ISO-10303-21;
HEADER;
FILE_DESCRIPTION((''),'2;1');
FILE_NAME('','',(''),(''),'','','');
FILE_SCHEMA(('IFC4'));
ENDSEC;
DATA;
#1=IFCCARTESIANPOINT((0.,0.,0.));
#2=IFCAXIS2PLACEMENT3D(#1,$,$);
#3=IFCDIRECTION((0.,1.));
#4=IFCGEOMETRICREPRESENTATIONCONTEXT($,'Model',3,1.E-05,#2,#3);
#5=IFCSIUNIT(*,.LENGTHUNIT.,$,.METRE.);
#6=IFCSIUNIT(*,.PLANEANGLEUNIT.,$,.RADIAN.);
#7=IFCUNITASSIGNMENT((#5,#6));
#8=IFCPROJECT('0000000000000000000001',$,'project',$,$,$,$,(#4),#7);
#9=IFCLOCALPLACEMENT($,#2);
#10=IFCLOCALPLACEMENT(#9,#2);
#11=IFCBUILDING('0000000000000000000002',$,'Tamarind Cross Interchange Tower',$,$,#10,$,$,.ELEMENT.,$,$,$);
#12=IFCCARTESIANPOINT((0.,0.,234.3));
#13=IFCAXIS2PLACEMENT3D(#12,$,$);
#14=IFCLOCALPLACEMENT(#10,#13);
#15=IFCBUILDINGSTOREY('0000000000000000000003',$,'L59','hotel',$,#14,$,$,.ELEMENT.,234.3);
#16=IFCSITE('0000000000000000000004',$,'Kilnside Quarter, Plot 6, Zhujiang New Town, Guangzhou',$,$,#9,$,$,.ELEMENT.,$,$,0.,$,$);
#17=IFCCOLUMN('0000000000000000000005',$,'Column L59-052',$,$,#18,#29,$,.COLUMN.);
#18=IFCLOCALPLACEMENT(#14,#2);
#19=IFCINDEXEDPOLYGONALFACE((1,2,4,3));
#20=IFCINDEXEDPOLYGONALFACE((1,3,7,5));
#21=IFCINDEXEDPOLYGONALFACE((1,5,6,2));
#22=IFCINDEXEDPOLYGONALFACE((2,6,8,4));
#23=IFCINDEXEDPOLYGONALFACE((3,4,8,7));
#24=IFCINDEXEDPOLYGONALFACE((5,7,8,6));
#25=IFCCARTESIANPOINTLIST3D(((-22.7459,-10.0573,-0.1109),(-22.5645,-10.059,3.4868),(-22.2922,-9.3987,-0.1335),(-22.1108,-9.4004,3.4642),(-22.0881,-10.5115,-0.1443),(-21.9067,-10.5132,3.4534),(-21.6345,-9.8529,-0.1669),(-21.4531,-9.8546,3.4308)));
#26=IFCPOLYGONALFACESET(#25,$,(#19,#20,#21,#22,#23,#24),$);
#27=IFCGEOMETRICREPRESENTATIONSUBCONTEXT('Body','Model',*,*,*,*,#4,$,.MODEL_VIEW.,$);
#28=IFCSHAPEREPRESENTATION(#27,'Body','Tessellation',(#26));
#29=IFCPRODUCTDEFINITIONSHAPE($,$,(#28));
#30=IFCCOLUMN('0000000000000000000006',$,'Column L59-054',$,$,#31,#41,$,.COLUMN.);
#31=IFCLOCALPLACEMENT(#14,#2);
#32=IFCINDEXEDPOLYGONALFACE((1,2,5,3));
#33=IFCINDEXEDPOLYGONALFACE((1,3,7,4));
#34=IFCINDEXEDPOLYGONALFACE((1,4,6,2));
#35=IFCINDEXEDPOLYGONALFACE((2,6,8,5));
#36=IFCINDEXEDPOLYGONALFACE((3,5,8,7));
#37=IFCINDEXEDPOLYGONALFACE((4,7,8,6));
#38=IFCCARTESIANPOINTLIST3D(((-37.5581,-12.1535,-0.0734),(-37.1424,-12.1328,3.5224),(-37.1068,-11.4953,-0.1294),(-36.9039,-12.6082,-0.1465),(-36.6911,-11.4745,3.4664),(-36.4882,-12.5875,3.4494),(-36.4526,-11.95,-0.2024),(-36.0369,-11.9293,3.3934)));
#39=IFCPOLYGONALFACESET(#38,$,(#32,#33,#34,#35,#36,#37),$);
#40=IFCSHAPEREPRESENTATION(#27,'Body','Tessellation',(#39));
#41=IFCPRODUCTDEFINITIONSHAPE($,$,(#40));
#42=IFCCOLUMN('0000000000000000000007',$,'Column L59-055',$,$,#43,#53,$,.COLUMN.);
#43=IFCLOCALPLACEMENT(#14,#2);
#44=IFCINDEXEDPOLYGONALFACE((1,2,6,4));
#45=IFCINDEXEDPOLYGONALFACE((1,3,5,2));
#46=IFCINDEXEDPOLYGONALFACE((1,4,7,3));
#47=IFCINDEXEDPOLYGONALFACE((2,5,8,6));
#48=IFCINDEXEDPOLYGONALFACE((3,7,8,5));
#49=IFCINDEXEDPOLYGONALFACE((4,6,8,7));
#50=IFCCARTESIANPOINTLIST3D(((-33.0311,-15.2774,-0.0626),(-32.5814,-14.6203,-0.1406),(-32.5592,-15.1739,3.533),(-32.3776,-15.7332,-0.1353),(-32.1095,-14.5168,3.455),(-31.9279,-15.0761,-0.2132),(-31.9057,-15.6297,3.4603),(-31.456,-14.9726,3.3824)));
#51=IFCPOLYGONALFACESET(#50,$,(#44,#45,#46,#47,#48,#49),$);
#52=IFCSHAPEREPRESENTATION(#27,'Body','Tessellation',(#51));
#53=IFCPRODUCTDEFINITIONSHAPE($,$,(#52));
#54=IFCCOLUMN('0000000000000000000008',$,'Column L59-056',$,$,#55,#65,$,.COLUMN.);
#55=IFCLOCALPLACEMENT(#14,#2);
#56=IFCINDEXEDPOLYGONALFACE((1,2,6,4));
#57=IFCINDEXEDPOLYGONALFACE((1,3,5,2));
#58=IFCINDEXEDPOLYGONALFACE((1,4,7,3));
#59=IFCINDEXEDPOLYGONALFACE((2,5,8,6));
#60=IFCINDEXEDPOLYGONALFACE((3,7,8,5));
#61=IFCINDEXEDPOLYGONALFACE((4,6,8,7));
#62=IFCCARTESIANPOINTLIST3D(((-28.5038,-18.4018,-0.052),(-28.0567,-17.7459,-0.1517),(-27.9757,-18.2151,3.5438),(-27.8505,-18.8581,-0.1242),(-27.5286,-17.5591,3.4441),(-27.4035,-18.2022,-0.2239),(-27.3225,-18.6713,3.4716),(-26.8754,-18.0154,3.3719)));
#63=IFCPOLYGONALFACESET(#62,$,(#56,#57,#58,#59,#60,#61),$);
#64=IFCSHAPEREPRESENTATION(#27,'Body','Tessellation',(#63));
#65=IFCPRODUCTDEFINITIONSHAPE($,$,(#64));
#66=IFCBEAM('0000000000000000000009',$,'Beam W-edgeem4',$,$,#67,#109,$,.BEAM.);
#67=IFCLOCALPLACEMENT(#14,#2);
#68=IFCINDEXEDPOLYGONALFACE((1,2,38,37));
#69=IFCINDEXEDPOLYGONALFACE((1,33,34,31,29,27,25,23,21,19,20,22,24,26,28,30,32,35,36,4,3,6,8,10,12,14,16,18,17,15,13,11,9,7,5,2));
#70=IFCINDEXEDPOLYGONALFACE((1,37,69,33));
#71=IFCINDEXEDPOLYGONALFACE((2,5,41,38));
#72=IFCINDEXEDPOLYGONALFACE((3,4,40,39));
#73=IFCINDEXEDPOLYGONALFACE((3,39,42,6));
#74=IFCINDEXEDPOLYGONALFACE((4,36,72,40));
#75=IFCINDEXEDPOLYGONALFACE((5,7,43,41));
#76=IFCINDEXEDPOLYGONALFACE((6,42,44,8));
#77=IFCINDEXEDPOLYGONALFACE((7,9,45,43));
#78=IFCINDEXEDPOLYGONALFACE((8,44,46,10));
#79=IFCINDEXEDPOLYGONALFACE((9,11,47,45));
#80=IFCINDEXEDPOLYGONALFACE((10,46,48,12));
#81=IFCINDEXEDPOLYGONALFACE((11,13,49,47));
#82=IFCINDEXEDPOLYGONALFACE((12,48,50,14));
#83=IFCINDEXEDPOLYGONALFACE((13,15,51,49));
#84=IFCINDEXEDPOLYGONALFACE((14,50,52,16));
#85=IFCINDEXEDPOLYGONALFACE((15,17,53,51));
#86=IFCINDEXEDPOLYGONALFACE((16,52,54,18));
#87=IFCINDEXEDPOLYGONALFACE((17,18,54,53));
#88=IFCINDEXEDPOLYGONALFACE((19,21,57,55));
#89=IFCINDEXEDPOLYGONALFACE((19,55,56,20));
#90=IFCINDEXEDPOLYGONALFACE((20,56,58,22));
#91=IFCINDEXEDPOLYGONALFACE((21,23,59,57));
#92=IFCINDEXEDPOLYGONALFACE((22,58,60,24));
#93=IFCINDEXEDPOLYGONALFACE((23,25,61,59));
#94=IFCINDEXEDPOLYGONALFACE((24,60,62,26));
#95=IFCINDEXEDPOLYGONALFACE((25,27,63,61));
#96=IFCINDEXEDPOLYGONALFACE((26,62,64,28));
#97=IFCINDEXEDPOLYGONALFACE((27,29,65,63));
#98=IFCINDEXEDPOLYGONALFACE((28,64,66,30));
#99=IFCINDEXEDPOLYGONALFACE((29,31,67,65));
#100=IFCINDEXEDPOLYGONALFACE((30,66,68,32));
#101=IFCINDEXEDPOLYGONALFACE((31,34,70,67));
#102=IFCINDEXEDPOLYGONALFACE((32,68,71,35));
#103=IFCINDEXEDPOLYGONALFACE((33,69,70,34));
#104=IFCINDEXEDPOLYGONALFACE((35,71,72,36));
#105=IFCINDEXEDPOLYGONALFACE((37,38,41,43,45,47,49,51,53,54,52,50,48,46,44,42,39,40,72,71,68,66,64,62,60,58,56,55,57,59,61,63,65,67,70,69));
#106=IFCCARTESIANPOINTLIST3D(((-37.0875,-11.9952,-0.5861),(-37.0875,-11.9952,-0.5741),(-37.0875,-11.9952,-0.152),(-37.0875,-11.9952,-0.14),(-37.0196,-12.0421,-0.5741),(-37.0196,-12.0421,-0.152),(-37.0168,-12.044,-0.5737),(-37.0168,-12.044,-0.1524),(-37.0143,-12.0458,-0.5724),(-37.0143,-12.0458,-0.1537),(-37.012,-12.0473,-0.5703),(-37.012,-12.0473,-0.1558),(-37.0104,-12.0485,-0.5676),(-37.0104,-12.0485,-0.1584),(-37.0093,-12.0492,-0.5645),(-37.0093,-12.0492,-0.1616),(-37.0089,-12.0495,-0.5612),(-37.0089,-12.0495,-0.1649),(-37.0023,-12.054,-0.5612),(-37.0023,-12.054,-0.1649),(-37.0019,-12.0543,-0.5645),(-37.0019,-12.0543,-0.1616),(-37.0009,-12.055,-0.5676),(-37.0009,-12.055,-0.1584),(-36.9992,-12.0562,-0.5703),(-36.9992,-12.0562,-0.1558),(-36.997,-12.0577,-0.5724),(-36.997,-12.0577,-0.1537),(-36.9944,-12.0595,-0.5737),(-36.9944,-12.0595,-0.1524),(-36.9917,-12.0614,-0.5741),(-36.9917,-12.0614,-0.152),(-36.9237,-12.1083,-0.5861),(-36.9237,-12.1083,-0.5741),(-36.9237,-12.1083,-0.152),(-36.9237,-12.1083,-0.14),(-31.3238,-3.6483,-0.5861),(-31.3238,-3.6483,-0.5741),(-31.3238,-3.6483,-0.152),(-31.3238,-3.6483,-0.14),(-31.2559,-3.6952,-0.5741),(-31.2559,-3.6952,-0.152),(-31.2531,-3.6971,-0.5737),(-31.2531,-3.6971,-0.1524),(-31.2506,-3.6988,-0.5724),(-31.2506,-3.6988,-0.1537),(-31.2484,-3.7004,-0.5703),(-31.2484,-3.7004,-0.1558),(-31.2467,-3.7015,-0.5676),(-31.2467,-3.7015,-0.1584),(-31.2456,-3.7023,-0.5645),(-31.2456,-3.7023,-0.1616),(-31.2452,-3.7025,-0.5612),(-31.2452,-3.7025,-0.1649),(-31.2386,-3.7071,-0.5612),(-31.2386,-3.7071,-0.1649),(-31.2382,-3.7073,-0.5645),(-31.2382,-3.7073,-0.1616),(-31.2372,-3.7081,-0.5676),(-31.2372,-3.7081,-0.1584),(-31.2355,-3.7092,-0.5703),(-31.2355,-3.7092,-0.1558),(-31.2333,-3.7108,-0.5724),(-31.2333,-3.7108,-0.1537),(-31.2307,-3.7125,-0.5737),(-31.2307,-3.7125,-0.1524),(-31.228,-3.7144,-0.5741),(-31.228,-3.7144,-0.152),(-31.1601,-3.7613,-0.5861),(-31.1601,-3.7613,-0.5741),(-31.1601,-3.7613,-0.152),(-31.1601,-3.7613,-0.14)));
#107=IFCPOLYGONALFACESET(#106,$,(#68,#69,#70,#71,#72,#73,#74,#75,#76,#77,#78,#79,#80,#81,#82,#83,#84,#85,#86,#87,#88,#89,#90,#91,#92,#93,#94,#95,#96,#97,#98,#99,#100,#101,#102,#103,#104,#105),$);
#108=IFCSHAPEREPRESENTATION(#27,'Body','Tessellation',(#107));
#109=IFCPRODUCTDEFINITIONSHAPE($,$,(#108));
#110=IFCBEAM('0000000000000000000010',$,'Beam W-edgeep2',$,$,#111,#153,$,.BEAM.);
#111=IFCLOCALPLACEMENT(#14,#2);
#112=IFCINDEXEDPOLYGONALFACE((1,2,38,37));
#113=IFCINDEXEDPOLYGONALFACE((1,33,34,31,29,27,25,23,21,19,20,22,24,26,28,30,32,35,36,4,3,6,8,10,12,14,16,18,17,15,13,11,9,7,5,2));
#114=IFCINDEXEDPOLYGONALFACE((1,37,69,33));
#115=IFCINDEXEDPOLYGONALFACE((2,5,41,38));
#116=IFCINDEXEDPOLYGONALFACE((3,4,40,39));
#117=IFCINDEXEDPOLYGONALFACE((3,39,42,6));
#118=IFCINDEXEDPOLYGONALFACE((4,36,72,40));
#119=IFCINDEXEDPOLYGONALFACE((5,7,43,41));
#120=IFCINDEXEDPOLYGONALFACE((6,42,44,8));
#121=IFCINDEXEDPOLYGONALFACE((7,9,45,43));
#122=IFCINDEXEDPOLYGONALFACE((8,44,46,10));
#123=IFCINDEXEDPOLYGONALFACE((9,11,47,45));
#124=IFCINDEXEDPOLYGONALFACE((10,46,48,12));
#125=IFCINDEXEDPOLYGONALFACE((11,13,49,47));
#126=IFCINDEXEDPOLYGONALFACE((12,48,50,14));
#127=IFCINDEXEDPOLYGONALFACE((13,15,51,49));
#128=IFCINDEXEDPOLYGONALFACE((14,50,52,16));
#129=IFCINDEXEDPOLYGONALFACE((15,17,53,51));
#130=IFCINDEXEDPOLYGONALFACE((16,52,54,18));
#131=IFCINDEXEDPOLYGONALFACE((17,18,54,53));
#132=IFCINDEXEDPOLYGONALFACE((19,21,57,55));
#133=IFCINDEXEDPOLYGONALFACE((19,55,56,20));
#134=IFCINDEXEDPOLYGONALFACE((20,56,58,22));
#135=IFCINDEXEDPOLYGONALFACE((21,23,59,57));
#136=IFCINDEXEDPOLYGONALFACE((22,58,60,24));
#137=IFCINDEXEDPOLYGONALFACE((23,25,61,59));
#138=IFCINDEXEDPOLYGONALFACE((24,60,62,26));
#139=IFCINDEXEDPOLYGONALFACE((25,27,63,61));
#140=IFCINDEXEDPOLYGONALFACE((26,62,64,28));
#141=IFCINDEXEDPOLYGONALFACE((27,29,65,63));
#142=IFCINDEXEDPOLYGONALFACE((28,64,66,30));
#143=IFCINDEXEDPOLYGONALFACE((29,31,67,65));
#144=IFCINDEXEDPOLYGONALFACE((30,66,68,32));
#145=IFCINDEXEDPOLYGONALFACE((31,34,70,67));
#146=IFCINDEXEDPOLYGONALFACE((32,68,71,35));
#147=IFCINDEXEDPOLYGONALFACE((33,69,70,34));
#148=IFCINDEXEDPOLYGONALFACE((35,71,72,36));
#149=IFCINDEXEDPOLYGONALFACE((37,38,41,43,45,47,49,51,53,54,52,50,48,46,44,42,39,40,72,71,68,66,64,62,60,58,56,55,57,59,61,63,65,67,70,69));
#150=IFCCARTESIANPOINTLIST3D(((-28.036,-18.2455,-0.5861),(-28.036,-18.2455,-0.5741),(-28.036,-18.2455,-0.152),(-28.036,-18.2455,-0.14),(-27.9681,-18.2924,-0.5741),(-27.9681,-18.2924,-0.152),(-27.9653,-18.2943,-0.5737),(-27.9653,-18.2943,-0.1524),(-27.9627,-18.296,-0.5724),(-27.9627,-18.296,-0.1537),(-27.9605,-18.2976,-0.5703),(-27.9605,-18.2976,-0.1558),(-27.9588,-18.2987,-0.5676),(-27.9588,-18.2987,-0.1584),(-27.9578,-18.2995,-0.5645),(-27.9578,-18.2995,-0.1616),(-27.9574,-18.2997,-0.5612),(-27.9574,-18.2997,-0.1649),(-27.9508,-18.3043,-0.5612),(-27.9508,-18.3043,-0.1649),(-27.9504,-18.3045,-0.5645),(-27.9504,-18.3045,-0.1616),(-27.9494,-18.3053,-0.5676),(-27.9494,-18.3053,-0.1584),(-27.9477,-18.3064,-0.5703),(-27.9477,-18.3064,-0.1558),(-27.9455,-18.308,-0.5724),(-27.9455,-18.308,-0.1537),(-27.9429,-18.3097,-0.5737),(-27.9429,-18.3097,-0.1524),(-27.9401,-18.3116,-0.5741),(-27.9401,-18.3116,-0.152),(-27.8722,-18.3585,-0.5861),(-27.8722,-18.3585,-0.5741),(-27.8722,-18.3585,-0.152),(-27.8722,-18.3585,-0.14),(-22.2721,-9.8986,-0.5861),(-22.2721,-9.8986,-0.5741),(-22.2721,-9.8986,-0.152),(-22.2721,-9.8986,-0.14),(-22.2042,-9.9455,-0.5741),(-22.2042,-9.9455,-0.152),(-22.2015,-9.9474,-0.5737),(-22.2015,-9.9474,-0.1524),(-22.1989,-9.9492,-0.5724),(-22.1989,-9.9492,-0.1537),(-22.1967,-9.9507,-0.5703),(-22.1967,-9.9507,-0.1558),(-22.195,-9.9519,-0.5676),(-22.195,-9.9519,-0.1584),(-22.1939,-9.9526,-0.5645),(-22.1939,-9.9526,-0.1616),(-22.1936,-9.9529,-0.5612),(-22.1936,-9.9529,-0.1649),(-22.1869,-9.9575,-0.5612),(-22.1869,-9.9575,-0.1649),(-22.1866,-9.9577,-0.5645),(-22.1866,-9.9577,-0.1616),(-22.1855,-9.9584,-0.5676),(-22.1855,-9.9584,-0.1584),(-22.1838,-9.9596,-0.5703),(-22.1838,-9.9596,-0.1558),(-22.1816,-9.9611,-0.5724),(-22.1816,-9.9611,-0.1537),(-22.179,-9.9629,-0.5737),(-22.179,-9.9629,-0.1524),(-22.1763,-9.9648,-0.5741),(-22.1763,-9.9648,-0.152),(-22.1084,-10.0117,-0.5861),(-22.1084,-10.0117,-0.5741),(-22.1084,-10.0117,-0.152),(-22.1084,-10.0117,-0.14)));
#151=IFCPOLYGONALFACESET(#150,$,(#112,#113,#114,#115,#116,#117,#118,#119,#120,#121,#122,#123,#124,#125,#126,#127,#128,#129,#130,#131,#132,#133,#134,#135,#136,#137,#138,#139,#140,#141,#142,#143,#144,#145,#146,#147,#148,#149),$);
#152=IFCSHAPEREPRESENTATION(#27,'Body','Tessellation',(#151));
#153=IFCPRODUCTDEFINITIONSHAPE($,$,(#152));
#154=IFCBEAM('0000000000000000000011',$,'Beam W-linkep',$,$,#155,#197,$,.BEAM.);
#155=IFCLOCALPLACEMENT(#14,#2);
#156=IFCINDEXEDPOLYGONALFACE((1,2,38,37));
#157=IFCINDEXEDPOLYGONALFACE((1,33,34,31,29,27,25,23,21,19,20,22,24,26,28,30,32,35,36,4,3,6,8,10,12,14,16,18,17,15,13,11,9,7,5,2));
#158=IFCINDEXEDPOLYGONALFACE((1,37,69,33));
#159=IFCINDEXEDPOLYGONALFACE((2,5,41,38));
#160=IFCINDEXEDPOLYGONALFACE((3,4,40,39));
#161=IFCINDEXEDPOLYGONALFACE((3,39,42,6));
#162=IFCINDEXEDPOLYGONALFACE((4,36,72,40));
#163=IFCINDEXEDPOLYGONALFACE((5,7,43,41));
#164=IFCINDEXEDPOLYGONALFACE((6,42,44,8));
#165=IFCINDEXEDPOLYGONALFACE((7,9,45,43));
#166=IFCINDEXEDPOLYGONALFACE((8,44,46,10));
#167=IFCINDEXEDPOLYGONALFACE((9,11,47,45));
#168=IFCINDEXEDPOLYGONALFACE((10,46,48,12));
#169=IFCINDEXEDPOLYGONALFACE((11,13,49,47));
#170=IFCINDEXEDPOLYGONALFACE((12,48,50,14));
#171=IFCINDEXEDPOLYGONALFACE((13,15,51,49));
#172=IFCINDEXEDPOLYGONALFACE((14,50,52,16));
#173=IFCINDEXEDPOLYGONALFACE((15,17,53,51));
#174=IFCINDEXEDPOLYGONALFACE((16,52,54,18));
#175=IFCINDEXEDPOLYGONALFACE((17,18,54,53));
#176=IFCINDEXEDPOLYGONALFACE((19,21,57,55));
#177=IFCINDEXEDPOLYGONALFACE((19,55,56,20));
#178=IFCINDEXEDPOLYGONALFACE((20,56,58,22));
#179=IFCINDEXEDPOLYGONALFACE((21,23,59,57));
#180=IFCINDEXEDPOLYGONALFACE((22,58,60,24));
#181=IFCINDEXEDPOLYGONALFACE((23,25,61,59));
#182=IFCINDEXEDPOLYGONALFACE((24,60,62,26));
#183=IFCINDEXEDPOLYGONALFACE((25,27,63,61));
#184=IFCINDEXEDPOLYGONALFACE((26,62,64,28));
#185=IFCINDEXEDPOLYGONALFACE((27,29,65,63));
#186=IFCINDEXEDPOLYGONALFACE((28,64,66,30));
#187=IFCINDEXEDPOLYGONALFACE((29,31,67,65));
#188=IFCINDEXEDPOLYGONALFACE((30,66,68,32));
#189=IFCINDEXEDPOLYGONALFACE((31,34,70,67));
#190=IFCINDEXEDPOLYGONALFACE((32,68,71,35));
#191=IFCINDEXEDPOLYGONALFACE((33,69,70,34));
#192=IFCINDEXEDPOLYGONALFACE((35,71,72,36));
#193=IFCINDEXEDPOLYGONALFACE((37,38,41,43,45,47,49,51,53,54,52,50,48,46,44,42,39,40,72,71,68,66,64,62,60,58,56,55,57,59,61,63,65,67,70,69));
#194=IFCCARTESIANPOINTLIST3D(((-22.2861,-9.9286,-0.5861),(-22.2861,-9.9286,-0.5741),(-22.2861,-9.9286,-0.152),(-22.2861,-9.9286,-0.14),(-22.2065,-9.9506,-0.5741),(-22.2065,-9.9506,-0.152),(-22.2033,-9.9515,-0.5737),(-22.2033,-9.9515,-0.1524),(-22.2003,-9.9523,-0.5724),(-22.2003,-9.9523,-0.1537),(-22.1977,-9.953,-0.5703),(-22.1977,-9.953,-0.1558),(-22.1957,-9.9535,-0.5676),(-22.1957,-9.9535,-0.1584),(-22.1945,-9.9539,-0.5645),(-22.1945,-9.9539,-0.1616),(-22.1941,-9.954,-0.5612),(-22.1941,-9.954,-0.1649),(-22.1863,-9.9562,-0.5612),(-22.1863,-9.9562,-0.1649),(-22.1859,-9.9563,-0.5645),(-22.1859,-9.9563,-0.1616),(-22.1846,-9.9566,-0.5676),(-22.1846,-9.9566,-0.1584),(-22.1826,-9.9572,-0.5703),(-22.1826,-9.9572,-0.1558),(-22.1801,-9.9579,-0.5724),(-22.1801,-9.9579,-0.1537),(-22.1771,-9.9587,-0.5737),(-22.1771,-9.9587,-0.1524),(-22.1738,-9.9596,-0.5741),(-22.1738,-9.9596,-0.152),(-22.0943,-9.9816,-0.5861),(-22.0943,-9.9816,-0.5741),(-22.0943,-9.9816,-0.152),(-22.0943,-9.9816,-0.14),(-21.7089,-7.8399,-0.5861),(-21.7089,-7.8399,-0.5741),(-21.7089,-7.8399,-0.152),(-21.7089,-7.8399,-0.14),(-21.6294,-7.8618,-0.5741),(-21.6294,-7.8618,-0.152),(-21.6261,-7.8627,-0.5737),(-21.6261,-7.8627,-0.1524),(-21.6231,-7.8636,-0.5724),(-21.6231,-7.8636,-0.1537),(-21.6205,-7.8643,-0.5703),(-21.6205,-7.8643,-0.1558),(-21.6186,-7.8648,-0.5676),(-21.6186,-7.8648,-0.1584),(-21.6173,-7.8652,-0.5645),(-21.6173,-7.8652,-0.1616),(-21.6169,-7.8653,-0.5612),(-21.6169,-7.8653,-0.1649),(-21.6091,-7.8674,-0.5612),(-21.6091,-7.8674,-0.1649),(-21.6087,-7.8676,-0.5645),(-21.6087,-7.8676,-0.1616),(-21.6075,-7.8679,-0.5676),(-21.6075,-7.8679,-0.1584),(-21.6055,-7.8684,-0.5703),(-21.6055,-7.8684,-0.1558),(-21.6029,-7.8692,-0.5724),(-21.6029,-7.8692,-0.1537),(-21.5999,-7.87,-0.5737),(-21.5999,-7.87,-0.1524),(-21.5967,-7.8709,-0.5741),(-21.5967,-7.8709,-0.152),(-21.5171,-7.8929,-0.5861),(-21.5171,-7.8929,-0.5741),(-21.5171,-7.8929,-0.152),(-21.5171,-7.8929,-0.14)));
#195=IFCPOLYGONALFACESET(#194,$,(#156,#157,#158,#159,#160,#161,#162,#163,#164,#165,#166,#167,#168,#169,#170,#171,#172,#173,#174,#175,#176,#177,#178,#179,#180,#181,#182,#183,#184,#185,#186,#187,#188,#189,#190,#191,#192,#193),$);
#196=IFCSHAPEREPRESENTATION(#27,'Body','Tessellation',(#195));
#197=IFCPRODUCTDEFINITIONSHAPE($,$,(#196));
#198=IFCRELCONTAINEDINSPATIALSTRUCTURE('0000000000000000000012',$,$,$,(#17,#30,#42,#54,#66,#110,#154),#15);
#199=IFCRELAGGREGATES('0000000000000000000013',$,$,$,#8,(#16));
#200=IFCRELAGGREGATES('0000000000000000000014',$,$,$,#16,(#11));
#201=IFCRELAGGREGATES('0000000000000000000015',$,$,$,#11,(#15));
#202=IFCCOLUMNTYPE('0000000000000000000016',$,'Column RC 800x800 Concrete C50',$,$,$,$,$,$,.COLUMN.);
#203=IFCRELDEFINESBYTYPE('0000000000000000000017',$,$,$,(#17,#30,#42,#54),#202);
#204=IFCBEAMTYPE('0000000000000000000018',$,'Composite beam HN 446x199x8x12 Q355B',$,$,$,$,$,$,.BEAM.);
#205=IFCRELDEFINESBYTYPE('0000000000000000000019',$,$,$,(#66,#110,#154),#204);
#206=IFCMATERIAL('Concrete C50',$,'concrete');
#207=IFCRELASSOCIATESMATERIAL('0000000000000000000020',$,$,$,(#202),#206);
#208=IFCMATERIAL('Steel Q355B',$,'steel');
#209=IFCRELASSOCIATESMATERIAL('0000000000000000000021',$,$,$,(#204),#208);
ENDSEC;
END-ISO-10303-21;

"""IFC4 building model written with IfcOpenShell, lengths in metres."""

from ifc_helpers import new_model, si_unit, direction, frame, origin, origin_2d, place, context, subcontext, project, spatial, rectangle, i_section, extrude, material, material_profile, profile_set, type_object, element, save


model = new_model("IFC4")

# Units and contexts
model_context = context("Model", 3, precision=1e-05, world=origin(), true_north=direction((0.0, 1.0)))
body_context = subcontext(model_context, "Body", "Model", "MODEL_VIEW")
ifc_project = project(units=[si_unit("LENGTHUNIT", "METRE"), si_unit("PLANEANGLEUNIT", "RADIAN")], contexts=[model_context])

# Site, building, storey
site_placement = place(None, origin())
site = spatial("IfcSite", under=ifc_project, at=site_placement, Name="Kilnside Quarter, Plot 6, Zhujiang New Town, Guangzhou", CompositionType="ELEMENT", RefElevation=0.0)
building_placement = place(site_placement, origin())
building = spatial("IfcBuilding", under=site, at=building_placement, Name="Tamarind Cross Interchange Tower", CompositionType="ELEMENT")
storey_placement = place(building_placement, frame((0.0, 0.0, 234.3)))
storey = spatial("IfcBuildingStorey", under=building, at=storey_placement, Name="L59", Description="hotel", CompositionType="ELEMENT", Elevation=234.3)

# Columns
ifc_material_1 = material(Name="Concrete C50", Category="concrete")
ifc_material_profile_1 = material_profile(ifc_material_1, rectangle(XDim=0.8, YDim=0.8, at=origin_2d()), Name="RC 800x800")
ifc_profile_set_1 = profile_set([ifc_material_profile_1], Name="Concrete C50")
column_type = type_object("IfcColumnType", Name="Column RC 800x800 Concrete C50", PredefinedType="COLUMN", material=ifc_profile_set_1)
column_1_placement = place(storey_placement, frame((-22.1902, -9.9551, -0.1389), z_axis=(0.050357, -0.000474, 0.998731), x_axis=(-0.822158, 0.567728, 0.041723)))
element("IfcColumn", 1, at=column_1_placement, inside=storey, type_object=column_type, Name="Column L59-052", PredefinedType="COLUMN", context=body_context, shape_type="SweptSolid", body=[
    extrude(rectangle(XDim=0.8, YDim=0.8, at=origin_2d()), origin(), (0.0, 0.0, 1.0), 3.6023),
])
column_2_placement = place(storey_placement, frame((-37.0054, -12.0518, -0.1379), z_axis=(0.114855, 0.005733, 0.993366), x_axis=(-0.81769, 0.568379, 0.091263)))
element("IfcColumn", 2, at=column_2_placement, inside=storey, type_object=column_type, Name="Column L59-054", PredefinedType="COLUMN", context=body_context, shape_type="SweptSolid", body=[
    extrude(rectangle(XDim=0.8, YDim=0.8, at=origin_2d()), origin(), (0.0, 0.0, 1.0), 3.6199),
])
column_3_placement = place(storey_placement, frame((-32.4795, -15.1768, -0.1379), z_axis=(0.130078, 0.028532, 0.991093), x_axis=(-0.816814, 0.56971, 0.090803)))
element("IfcColumn", 3, at=column_3_placement, inside=storey, type_object=column_type, Name="Column L59-055", PredefinedType="COLUMN", context=body_context, shape_type="SweptSolid", body=[
    extrude(rectangle(XDim=0.8, YDim=0.8, at=origin_2d()), origin(), (0.0, 0.0, 1.0), 3.6279),
])
column_4_placement = place(storey_placement, frame((-27.9536, -18.302, -0.1379), z_axis=(0.145113, 0.051323, 0.988083), x_axis=(-0.816487, 0.570261, 0.090291)))
element("IfcColumn", 4, at=column_4_placement, inside=storey, type_object=column_type, Name="Column L59-056", PredefinedType="COLUMN", context=body_context, shape_type="SweptSolid", body=[
    extrude(rectangle(XDim=0.8, YDim=0.8, at=origin_2d()), origin(), (0.0, 0.0, 1.0), 3.6392),
])

# Beams
ifc_material_2 = material(Name="Steel Q355B", Category="steel")
ifc_material_profile_2 = material_profile(ifc_material_2, i_section(OverallWidth=0.199, OverallDepth=0.446, WebThickness=0.0081, FlangeThickness=0.012, FilletRadius=0.0129, at=origin_2d()), Name="HN 446x199x8x12")
ifc_profile_set_2 = profile_set([ifc_material_profile_2], Name="Steel Q355B")
beam_type_1 = type_object("IfcBeamType", Name="Composite beam HN 446x199x8x12 Q355B", PredefinedType="BEAM", material=ifc_profile_set_2)
for number, where, z_axis, x_axis, name in (
    (5, (-37.0056, -12.0518, -0.363), (0.568212, 0.822882, 0.0), (-0.822882, 0.568212, 0.0), "Beam W-edgeem4"),
    (6, (-27.9541, -18.302, -0.363), (0.568228, 0.822871, 0.0), (-0.822871, 0.568228, 0.0), "Beam W-edgeep2"),
):
    element("IfcBeam", number, at=place(storey_placement, frame(where, z_axis=z_axis, x_axis=x_axis)), inside=storey, type_object=beam_type_1, Name=name, PredefinedType="BEAM", context=body_context, shape_type="SweptSolid", body=[
        extrude(i_section(OverallWidth=0.199, OverallDepth=0.446, WebThickness=0.0081, FlangeThickness=0.012, FilletRadius=0.0129, at=origin_2d()), origin(), (0.0, 0.0, 1.0), 10.1436),
    ])
beam_1_placement = place(storey_placement, frame((-22.1902, -9.9551, -0.363), z_axis=(0.266348, 0.963877, 0.0), x_axis=(-0.963877, 0.266348, 0.0)))
element("IfcBeam", 7, at=beam_1_placement, inside=storey, type_object=beam_type_1, Name="Beam W-linkep", PredefinedType="BEAM", context=body_context, shape_type="SweptSolid", body=[
    extrude(i_section(OverallWidth=0.199, OverallDepth=0.446, WebThickness=0.0081, FlangeThickness=0.012, FilletRadius=0.0129, at=origin_2d()), origin(), (0.0, 0.0, 1.0), 2.167),
])

save(model, "model.ifc")
